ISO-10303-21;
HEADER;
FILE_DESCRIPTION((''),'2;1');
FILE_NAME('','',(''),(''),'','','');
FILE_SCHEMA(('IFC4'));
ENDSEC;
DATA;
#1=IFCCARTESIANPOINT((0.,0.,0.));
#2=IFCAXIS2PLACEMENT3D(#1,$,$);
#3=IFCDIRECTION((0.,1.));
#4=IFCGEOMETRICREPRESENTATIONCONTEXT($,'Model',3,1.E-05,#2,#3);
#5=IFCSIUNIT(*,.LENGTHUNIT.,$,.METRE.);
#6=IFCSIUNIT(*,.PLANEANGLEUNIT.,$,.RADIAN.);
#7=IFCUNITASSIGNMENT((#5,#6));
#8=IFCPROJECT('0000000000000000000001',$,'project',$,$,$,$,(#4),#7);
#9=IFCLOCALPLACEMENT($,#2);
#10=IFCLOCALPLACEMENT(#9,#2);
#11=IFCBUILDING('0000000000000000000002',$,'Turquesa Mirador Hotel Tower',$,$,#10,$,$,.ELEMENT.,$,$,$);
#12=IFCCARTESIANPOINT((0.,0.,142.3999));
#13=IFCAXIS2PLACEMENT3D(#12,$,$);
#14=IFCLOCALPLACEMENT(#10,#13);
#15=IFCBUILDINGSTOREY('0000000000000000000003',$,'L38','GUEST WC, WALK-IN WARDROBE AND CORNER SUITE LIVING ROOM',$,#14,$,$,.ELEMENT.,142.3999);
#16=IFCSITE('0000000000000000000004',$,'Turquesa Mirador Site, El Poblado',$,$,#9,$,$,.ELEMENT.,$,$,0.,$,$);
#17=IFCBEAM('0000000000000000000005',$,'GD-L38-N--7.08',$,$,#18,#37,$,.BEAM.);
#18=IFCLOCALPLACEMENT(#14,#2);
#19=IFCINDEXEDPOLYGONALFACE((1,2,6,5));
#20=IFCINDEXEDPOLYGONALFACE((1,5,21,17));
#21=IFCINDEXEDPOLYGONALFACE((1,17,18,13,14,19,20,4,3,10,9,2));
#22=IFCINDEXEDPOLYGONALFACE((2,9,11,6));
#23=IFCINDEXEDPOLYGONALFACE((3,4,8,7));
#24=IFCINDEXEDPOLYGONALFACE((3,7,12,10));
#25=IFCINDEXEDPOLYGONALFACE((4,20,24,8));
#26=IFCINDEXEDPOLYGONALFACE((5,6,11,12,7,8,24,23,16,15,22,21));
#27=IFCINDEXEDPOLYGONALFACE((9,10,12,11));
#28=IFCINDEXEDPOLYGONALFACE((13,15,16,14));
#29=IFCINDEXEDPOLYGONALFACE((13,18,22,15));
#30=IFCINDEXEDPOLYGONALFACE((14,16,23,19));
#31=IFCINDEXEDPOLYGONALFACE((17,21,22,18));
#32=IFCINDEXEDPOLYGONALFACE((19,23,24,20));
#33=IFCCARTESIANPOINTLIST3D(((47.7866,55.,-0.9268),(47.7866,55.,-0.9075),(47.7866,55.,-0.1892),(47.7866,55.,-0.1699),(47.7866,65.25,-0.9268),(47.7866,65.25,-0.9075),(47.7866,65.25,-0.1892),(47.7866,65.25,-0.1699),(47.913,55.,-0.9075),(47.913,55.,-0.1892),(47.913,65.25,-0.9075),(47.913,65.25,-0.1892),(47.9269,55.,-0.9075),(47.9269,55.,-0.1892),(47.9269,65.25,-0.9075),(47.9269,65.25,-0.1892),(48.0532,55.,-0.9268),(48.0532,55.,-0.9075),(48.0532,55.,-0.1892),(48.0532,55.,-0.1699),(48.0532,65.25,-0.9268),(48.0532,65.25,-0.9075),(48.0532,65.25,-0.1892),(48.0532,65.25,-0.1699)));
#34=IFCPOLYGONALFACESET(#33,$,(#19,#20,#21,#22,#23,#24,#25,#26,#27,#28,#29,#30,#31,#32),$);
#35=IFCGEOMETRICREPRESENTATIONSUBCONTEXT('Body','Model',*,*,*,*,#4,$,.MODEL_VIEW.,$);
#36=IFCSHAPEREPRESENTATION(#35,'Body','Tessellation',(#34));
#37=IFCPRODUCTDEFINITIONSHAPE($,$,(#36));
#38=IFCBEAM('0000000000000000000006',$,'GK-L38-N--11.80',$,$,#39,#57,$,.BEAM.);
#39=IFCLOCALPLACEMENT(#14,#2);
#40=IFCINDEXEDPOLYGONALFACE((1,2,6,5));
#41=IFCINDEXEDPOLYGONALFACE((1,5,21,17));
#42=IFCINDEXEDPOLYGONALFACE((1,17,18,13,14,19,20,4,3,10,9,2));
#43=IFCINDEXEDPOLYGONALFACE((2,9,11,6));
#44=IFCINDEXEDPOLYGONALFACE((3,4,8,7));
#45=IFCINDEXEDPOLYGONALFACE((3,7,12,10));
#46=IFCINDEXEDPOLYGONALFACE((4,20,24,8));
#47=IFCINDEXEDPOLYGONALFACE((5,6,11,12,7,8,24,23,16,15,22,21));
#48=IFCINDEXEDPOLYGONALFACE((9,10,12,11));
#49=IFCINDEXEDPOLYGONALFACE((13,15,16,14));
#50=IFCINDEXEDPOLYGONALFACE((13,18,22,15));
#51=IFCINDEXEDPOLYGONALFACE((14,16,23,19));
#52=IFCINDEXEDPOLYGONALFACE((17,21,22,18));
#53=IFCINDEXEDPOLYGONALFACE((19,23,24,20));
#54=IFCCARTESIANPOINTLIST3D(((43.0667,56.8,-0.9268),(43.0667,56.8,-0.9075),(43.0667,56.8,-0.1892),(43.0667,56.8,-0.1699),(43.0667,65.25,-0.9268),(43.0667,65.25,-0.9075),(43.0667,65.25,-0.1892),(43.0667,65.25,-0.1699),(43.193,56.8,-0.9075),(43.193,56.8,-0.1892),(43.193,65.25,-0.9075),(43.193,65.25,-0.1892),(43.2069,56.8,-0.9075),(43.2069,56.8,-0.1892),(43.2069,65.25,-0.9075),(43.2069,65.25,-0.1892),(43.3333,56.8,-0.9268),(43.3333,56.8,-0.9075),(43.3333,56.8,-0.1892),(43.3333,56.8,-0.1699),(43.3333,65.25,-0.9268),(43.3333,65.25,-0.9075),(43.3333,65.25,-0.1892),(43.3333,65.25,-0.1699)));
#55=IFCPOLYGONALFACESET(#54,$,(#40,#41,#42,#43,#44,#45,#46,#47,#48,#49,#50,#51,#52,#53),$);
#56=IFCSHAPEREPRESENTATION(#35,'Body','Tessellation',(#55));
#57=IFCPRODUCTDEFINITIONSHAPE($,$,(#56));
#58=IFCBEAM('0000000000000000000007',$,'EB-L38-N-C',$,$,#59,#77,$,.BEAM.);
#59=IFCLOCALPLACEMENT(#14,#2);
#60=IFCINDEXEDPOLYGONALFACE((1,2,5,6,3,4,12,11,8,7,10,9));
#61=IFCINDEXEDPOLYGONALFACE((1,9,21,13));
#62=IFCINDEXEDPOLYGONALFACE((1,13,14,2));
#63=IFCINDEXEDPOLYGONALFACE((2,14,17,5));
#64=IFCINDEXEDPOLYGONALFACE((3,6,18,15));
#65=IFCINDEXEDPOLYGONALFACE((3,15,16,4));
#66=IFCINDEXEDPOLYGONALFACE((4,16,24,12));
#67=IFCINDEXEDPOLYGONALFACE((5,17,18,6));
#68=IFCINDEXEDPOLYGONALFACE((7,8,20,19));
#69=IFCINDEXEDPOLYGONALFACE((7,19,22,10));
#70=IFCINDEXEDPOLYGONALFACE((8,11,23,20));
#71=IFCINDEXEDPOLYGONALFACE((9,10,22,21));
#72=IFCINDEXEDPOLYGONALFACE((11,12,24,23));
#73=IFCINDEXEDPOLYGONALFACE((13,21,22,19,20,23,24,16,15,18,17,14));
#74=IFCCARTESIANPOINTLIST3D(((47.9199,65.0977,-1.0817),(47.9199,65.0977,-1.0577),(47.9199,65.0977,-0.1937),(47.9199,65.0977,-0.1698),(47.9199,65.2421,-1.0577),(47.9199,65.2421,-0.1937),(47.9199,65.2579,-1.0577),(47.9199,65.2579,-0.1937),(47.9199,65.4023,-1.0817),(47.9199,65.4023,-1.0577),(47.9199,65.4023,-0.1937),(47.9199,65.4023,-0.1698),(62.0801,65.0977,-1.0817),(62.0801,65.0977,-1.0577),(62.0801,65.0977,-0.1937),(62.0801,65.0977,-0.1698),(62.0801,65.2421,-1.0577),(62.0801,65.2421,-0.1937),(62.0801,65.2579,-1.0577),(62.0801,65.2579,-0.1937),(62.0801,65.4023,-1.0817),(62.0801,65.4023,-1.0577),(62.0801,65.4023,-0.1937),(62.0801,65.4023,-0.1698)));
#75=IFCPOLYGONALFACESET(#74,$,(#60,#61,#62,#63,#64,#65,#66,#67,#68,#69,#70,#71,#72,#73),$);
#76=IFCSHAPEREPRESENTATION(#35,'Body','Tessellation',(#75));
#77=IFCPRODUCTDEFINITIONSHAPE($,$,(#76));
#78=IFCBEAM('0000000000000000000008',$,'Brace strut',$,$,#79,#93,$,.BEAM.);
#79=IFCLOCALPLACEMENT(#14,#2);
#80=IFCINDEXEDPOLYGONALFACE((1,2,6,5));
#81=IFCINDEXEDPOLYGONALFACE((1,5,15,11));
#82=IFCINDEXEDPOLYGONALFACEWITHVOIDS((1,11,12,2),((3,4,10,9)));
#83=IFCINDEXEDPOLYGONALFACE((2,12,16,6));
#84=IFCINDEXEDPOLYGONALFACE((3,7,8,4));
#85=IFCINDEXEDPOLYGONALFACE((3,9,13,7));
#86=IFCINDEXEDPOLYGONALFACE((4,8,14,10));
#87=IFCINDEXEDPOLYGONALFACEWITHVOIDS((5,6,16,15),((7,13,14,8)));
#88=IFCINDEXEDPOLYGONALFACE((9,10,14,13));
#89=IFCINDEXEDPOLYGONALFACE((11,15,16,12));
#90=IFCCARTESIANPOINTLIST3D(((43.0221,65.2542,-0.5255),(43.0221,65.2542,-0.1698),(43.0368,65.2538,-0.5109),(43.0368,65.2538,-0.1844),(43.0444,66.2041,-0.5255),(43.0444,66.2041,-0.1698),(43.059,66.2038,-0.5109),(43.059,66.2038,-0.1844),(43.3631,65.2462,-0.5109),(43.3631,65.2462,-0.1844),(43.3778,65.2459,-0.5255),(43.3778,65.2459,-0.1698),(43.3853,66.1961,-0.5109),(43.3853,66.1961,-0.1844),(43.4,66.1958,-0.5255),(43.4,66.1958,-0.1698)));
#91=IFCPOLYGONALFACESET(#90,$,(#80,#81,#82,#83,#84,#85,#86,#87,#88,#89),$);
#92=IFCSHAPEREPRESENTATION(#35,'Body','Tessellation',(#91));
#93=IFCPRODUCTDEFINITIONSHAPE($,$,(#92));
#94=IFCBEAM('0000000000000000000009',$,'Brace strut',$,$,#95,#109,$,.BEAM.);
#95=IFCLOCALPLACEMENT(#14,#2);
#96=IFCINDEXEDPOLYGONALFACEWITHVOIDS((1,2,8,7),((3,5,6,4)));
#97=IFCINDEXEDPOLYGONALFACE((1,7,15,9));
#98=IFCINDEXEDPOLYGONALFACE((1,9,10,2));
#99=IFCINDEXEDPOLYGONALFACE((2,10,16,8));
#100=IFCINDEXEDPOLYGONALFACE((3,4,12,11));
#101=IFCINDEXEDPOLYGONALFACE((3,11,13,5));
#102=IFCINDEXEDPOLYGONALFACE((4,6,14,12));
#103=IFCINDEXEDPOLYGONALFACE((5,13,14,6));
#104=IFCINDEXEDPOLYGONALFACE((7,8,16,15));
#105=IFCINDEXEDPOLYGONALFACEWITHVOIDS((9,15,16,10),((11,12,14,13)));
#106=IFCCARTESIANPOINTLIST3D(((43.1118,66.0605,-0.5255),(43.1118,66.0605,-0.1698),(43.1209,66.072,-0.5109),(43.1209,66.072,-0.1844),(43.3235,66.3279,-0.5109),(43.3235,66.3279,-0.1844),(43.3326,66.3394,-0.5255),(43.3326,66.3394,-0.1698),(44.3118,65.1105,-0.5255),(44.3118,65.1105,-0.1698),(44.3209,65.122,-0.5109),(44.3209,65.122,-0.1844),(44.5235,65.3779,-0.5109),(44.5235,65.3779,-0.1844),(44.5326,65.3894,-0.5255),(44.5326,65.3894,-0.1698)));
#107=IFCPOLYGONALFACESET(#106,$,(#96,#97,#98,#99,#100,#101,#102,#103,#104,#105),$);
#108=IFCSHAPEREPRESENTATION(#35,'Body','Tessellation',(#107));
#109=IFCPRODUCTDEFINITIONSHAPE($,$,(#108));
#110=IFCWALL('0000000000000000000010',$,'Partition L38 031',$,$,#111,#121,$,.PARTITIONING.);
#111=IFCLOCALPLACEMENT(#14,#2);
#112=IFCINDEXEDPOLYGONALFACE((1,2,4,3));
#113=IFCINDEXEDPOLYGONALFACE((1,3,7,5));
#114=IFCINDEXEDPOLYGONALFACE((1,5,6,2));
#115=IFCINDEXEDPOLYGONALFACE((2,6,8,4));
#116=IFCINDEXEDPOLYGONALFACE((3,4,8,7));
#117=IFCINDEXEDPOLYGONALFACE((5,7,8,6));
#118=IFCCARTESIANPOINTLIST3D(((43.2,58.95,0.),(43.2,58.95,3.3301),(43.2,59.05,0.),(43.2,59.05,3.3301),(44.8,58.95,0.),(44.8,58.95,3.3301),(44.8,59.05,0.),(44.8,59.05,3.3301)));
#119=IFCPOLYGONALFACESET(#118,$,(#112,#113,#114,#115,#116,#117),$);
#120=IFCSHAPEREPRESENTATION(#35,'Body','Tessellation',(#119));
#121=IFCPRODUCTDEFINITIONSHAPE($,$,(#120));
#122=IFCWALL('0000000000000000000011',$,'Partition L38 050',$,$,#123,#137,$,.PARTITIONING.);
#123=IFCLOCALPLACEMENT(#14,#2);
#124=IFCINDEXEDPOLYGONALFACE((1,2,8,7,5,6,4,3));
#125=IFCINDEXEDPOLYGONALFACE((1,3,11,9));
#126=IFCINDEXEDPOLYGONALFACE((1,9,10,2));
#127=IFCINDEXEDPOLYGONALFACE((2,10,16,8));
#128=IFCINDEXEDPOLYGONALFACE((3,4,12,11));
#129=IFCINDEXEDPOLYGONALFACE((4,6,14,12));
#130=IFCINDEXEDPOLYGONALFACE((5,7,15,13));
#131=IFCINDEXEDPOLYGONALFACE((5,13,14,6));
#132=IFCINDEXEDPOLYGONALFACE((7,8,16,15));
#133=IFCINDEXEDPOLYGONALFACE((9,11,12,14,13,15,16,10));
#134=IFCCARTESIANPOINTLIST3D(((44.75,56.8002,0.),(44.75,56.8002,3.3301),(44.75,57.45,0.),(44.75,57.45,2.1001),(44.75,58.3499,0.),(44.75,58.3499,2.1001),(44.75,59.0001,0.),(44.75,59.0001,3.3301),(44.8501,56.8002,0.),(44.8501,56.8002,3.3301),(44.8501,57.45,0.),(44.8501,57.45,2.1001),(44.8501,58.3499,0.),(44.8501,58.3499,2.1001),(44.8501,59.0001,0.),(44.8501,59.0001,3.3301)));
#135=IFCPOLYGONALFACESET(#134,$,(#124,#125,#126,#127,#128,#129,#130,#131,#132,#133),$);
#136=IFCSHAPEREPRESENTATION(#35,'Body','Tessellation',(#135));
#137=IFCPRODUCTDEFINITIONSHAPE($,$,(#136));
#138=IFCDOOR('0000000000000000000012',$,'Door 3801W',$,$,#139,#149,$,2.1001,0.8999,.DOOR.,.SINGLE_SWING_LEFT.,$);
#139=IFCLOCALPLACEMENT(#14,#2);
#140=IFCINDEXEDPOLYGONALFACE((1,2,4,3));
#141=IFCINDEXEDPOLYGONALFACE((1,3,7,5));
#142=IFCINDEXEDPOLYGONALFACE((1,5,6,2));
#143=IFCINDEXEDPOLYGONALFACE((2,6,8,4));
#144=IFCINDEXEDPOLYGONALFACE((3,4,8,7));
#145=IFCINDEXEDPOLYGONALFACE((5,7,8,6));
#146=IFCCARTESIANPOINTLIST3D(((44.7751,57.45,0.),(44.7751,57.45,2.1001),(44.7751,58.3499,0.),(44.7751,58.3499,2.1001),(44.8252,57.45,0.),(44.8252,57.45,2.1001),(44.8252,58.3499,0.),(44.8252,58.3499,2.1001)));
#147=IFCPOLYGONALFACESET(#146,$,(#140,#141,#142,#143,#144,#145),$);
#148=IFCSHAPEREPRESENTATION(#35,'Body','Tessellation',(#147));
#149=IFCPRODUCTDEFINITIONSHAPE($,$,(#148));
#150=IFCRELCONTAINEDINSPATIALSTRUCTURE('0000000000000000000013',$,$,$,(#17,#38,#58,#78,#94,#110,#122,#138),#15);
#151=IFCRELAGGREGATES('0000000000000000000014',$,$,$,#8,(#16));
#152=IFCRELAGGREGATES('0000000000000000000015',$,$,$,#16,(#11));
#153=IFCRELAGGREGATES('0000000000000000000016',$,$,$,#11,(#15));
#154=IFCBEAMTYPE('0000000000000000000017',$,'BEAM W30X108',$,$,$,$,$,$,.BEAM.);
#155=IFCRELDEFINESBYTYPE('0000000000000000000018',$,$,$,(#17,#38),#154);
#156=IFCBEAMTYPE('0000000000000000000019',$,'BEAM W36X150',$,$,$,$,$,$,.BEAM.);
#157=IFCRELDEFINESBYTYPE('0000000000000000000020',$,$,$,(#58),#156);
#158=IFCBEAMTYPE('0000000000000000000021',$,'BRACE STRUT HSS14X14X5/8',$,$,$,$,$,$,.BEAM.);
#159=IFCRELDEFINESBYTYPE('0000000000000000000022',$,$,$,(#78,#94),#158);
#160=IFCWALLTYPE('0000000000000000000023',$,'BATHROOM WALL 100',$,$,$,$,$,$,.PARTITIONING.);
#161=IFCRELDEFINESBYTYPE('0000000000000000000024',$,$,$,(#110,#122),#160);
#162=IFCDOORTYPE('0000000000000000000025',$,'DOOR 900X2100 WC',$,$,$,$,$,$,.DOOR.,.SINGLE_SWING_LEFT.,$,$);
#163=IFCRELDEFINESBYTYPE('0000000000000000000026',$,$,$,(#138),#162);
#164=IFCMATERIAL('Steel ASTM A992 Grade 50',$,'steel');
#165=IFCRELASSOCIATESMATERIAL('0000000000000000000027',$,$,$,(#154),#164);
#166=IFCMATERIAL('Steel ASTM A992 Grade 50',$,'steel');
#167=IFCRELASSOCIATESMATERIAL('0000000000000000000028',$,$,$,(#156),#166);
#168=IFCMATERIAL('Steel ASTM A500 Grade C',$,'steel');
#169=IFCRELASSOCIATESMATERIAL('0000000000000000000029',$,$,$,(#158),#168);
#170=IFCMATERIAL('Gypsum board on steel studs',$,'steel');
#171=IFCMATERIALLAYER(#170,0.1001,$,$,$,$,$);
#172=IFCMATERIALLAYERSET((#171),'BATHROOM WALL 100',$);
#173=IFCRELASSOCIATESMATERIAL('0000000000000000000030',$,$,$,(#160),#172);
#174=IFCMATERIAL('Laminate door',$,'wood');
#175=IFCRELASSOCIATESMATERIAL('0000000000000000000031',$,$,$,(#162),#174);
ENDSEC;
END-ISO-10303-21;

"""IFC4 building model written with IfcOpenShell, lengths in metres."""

from ifc_helpers import new_model, si_unit, direction, frame, frame_2d, origin, origin_2d, place, context, subcontext, project, spatial, rectangle, hollow_rectangle, i_section, extrude, material, layer, layer_set, material_profile, profile_set, type_object, element, fill, save


model = new_model("IFC4")

# Units and contexts
model_context = context("Model", 3, precision=1e-05, world=origin(), true_north=direction((0.0, 1.0)))
body_context = subcontext(model_context, "Body", "Model", "MODEL_VIEW")
ifc_project = project(units=[si_unit("LENGTHUNIT", "METRE"), si_unit("PLANEANGLEUNIT", "RADIAN")], contexts=[model_context])

# Site, building, storey
site_placement = place(None, origin())
site = spatial("IfcSite", under=ifc_project, at=site_placement, Name="Turquesa Mirador Site, El Poblado", CompositionType="ELEMENT", RefElevation=0.0)
building_placement = place(site_placement, origin())
building = spatial("IfcBuilding", under=site, at=building_placement, Name="Turquesa Mirador Hotel Tower", CompositionType="ELEMENT")
storey_placement = place(building_placement, frame((0.0, 0.0, 142.3999)))
storey = spatial("IfcBuildingStorey", under=building, at=storey_placement, Name="L38", Description="GUEST WC, WALK-IN WARDROBE AND CORNER SUITE LIVING ROOM", CompositionType="ELEMENT", Elevation=142.3999)

# Beams
ifc_material_1 = material(Name="Steel ASTM A992 Grade 50", Category="steel")
ifc_material_profile_1 = material_profile(ifc_material_1, i_section(OverallWidth=0.2666, OverallDepth=0.7568, WebThickness=0.0139, FlangeThickness=0.0193, at=origin_2d()), Name="W30X108")
ifc_profile_set_1 = profile_set([ifc_material_profile_1], Name="Steel ASTM A992 Grade 50")
beam_type_1 = type_object("IfcBeamType", Name="BEAM W30X108", PredefinedType="BEAM", material=ifc_profile_set_1)
beam_1_placement = place(storey_placement, frame((47.9199, 65.25, -0.5483), z_axis=(0.0, -1.0, 0.0), x_axis=(1.0, 0.0, 0.0)))
element("IfcBeam", 1, at=beam_1_placement, inside=storey, type_object=beam_type_1, Name="GD-L38-N--7.08", PredefinedType="BEAM", context=body_context, shape_type="SweptSolid", body=[
    extrude(i_section(OverallWidth=0.2666, OverallDepth=0.7568, WebThickness=0.0139, FlangeThickness=0.0193, at=origin_2d()), origin(), (0.0, 0.0, 1.0), 10.25),
])
beam_2_placement = place(storey_placement, frame((43.2, 65.25, -0.5483), z_axis=(0.0, -1.0, 0.0), x_axis=(1.0, 0.0, 0.0)))
element("IfcBeam", 2, at=beam_2_placement, inside=storey, type_object=beam_type_1, Name="GK-L38-N--11.80", PredefinedType="BEAM", context=body_context, shape_type="SweptSolid", body=[
    extrude(i_section(OverallWidth=0.2666, OverallDepth=0.7568, WebThickness=0.0139, FlangeThickness=0.0193, at=origin_2d()), origin(), (0.0, 0.0, 1.0), 8.45),
])
ifc_material_2 = material(Name="Steel ASTM A992 Grade 50", Category="steel")
ifc_material_profile_2 = material_profile(ifc_material_2, i_section(OverallWidth=0.3047, OverallDepth=0.9119, WebThickness=0.0159, FlangeThickness=0.0239, at=origin_2d()), Name="W36X150")
ifc_profile_set_2 = profile_set([ifc_material_profile_2], Name="Steel ASTM A992 Grade 50")
beam_type_2 = type_object("IfcBeamType", Name="BEAM W36X150", PredefinedType="BEAM", material=ifc_profile_set_2)
beam_3_placement = place(storey_placement, frame((47.9199, 65.25, -0.6257), z_axis=(1.0, 0.0, 0.0), x_axis=(0.0, 1.0, 0.0)))
element("IfcBeam", 3, at=beam_3_placement, inside=storey, type_object=beam_type_2, Name="EB-L38-N-C", PredefinedType="BEAM", context=body_context, shape_type="SweptSolid", body=[
    extrude(i_section(OverallWidth=0.3047, OverallDepth=0.9119, WebThickness=0.0159, FlangeThickness=0.0239, at=origin_2d()), origin(), (0.0, 0.0, 1.0), 14.1602),
])
ifc_material_3 = material(Name="Steel ASTM A500 Grade C", Category="steel")
ifc_material_profile_3 = material_profile(ifc_material_3, hollow_rectangle(XDim=0.3557, YDim=0.3557, WallThickness=0.0146, at=origin_2d()), Name="HSS14X14X5/8")
ifc_profile_set_3 = profile_set([ifc_material_profile_3], Name="Steel ASTM A500 Grade C")
beam_type_3 = type_object("IfcBeamType", Name="BRACE STRUT HSS14X14X5/8", PredefinedType="BEAM", material=ifc_profile_set_3)
beam_4_placement = place(storey_placement, frame((43.2222, 66.2, -0.3477), z_axis=(-0.023381, -0.999727, 0.0), x_axis=(0.999727, -0.023381, 0.0)))
element("IfcBeam", 4, at=beam_4_placement, inside=storey, type_object=beam_type_3, Name="Brace strut", PredefinedType="BEAM", context=body_context, shape_type="SweptSolid", body=[
    extrude(hollow_rectangle(XDim=0.3557, YDim=0.3557, WallThickness=0.0146, at=origin_2d()), origin(), (0.0, 0.0, 1.0), 0.9502),
])
beam_5_placement = place(storey_placement, frame((43.2222, 66.2, -0.3477), z_axis=(0.784049, -0.620699, 0.0), x_axis=(0.620699, 0.784049, 0.0)))
element("IfcBeam", 5, at=beam_5_placement, inside=storey, type_object=beam_type_3, Name="Brace strut", PredefinedType="BEAM", context=body_context, shape_type="SweptSolid", body=[
    extrude(hollow_rectangle(XDim=0.3557, YDim=0.3557, WallThickness=0.0146, at=origin_2d()), origin(), (0.0, 0.0, 1.0), 1.5305),
])

# Wall
ifc_material_4 = material(Name="Gypsum board on steel studs", Category="steel")
ifc_layer_1 = layer(ifc_material_4, 0.1001)
ifc_layer_set_1 = layer_set([ifc_layer_1], Name="BATHROOM WALL 100")
wall_type_1 = type_object("IfcWallType", Name="BATHROOM WALL 100", PredefinedType="PARTITIONING", material=ifc_layer_set_1)
wall_1_placement = place(storey_placement, frame((43.2, 59.0, 0.0), z_axis=(0.0, 0.0, 1.0), x_axis=(1.0, 0.0, 0.0)))
element("IfcWall", 6, at=wall_1_placement, inside=storey, type_object=wall_type_1, Name="Partition L38 031", PredefinedType="PARTITIONING", context=body_context, shape_type="SweptSolid", body=[
    extrude(rectangle(XDim=1.6001, YDim=0.1001, at=frame_2d((0.8, 0.0))), origin(), (0.0, 0.0, 1.0), 3.3301),
])

# Wall, opening, door
wall_2_placement = place(storey_placement, frame((44.8, 56.8, 0.0), z_axis=(0.0, 0.0, 1.0), x_axis=(0.0, 1.0, 0.0)))
wall_2 = element("IfcWall", 7, at=wall_2_placement, inside=storey, type_object=wall_type_1, Name="Partition L38 050", PredefinedType="PARTITIONING", context=body_context, shape_type="SweptSolid", body=[
    extrude(rectangle(XDim=2.2, YDim=0.1001, at=frame_2d((1.1001, 0.0))), origin(), (0.0, 0.0, 1.0), 3.3301),
])
opening_1_placement = place(wall_2_placement, frame((0.6499, 0.0, 0.0)))
opening_1 = element("IfcOpeningElement", 8, at=opening_1_placement, cuts=wall_2, PredefinedType="OPENING", context=body_context, shape_type="SweptSolid", body=[
    extrude(rectangle(XDim=0.8999, YDim=2.1001, at=frame_2d((0.45, 1.05))), frame((0.0, 0.0601, 0.0), z_axis=(0.0, -1.0, 0.0), x_axis=(1.0, 0.0, 0.0)), (0.0, 0.0, 1.0), 0.1201),
])
ifc_material_5 = material(Name="Laminate door", Category="wood")
door_type_1 = type_object("IfcDoorType", Name="DOOR 900X2100 WC", OperationType="SINGLE_SWING_LEFT", PredefinedType="DOOR", material=ifc_material_5)
door_1_placement = place(opening_1_placement, origin())
door_1 = element("IfcDoor", 9, at=door_1_placement, inside=storey, type_object=door_type_1, Name="Door 3801W", OperationType="SINGLE_SWING_LEFT", OverallHeight=2.1001, OverallWidth=0.8999, PredefinedType="DOOR", context=body_context, shape_type="SweptSolid", body=[
    extrude(rectangle(XDim=0.8999, YDim=2.1001, at=frame_2d((0.45, 1.05))), frame((0.0, 0.0249, 0.0), z_axis=(0.0, -1.0, 0.0), x_axis=(1.0, 0.0, 0.0)), (0.0, 0.0, 1.0), 0.05),
])
fill(opening_1, door_1)

save(model, "model.ifc")
